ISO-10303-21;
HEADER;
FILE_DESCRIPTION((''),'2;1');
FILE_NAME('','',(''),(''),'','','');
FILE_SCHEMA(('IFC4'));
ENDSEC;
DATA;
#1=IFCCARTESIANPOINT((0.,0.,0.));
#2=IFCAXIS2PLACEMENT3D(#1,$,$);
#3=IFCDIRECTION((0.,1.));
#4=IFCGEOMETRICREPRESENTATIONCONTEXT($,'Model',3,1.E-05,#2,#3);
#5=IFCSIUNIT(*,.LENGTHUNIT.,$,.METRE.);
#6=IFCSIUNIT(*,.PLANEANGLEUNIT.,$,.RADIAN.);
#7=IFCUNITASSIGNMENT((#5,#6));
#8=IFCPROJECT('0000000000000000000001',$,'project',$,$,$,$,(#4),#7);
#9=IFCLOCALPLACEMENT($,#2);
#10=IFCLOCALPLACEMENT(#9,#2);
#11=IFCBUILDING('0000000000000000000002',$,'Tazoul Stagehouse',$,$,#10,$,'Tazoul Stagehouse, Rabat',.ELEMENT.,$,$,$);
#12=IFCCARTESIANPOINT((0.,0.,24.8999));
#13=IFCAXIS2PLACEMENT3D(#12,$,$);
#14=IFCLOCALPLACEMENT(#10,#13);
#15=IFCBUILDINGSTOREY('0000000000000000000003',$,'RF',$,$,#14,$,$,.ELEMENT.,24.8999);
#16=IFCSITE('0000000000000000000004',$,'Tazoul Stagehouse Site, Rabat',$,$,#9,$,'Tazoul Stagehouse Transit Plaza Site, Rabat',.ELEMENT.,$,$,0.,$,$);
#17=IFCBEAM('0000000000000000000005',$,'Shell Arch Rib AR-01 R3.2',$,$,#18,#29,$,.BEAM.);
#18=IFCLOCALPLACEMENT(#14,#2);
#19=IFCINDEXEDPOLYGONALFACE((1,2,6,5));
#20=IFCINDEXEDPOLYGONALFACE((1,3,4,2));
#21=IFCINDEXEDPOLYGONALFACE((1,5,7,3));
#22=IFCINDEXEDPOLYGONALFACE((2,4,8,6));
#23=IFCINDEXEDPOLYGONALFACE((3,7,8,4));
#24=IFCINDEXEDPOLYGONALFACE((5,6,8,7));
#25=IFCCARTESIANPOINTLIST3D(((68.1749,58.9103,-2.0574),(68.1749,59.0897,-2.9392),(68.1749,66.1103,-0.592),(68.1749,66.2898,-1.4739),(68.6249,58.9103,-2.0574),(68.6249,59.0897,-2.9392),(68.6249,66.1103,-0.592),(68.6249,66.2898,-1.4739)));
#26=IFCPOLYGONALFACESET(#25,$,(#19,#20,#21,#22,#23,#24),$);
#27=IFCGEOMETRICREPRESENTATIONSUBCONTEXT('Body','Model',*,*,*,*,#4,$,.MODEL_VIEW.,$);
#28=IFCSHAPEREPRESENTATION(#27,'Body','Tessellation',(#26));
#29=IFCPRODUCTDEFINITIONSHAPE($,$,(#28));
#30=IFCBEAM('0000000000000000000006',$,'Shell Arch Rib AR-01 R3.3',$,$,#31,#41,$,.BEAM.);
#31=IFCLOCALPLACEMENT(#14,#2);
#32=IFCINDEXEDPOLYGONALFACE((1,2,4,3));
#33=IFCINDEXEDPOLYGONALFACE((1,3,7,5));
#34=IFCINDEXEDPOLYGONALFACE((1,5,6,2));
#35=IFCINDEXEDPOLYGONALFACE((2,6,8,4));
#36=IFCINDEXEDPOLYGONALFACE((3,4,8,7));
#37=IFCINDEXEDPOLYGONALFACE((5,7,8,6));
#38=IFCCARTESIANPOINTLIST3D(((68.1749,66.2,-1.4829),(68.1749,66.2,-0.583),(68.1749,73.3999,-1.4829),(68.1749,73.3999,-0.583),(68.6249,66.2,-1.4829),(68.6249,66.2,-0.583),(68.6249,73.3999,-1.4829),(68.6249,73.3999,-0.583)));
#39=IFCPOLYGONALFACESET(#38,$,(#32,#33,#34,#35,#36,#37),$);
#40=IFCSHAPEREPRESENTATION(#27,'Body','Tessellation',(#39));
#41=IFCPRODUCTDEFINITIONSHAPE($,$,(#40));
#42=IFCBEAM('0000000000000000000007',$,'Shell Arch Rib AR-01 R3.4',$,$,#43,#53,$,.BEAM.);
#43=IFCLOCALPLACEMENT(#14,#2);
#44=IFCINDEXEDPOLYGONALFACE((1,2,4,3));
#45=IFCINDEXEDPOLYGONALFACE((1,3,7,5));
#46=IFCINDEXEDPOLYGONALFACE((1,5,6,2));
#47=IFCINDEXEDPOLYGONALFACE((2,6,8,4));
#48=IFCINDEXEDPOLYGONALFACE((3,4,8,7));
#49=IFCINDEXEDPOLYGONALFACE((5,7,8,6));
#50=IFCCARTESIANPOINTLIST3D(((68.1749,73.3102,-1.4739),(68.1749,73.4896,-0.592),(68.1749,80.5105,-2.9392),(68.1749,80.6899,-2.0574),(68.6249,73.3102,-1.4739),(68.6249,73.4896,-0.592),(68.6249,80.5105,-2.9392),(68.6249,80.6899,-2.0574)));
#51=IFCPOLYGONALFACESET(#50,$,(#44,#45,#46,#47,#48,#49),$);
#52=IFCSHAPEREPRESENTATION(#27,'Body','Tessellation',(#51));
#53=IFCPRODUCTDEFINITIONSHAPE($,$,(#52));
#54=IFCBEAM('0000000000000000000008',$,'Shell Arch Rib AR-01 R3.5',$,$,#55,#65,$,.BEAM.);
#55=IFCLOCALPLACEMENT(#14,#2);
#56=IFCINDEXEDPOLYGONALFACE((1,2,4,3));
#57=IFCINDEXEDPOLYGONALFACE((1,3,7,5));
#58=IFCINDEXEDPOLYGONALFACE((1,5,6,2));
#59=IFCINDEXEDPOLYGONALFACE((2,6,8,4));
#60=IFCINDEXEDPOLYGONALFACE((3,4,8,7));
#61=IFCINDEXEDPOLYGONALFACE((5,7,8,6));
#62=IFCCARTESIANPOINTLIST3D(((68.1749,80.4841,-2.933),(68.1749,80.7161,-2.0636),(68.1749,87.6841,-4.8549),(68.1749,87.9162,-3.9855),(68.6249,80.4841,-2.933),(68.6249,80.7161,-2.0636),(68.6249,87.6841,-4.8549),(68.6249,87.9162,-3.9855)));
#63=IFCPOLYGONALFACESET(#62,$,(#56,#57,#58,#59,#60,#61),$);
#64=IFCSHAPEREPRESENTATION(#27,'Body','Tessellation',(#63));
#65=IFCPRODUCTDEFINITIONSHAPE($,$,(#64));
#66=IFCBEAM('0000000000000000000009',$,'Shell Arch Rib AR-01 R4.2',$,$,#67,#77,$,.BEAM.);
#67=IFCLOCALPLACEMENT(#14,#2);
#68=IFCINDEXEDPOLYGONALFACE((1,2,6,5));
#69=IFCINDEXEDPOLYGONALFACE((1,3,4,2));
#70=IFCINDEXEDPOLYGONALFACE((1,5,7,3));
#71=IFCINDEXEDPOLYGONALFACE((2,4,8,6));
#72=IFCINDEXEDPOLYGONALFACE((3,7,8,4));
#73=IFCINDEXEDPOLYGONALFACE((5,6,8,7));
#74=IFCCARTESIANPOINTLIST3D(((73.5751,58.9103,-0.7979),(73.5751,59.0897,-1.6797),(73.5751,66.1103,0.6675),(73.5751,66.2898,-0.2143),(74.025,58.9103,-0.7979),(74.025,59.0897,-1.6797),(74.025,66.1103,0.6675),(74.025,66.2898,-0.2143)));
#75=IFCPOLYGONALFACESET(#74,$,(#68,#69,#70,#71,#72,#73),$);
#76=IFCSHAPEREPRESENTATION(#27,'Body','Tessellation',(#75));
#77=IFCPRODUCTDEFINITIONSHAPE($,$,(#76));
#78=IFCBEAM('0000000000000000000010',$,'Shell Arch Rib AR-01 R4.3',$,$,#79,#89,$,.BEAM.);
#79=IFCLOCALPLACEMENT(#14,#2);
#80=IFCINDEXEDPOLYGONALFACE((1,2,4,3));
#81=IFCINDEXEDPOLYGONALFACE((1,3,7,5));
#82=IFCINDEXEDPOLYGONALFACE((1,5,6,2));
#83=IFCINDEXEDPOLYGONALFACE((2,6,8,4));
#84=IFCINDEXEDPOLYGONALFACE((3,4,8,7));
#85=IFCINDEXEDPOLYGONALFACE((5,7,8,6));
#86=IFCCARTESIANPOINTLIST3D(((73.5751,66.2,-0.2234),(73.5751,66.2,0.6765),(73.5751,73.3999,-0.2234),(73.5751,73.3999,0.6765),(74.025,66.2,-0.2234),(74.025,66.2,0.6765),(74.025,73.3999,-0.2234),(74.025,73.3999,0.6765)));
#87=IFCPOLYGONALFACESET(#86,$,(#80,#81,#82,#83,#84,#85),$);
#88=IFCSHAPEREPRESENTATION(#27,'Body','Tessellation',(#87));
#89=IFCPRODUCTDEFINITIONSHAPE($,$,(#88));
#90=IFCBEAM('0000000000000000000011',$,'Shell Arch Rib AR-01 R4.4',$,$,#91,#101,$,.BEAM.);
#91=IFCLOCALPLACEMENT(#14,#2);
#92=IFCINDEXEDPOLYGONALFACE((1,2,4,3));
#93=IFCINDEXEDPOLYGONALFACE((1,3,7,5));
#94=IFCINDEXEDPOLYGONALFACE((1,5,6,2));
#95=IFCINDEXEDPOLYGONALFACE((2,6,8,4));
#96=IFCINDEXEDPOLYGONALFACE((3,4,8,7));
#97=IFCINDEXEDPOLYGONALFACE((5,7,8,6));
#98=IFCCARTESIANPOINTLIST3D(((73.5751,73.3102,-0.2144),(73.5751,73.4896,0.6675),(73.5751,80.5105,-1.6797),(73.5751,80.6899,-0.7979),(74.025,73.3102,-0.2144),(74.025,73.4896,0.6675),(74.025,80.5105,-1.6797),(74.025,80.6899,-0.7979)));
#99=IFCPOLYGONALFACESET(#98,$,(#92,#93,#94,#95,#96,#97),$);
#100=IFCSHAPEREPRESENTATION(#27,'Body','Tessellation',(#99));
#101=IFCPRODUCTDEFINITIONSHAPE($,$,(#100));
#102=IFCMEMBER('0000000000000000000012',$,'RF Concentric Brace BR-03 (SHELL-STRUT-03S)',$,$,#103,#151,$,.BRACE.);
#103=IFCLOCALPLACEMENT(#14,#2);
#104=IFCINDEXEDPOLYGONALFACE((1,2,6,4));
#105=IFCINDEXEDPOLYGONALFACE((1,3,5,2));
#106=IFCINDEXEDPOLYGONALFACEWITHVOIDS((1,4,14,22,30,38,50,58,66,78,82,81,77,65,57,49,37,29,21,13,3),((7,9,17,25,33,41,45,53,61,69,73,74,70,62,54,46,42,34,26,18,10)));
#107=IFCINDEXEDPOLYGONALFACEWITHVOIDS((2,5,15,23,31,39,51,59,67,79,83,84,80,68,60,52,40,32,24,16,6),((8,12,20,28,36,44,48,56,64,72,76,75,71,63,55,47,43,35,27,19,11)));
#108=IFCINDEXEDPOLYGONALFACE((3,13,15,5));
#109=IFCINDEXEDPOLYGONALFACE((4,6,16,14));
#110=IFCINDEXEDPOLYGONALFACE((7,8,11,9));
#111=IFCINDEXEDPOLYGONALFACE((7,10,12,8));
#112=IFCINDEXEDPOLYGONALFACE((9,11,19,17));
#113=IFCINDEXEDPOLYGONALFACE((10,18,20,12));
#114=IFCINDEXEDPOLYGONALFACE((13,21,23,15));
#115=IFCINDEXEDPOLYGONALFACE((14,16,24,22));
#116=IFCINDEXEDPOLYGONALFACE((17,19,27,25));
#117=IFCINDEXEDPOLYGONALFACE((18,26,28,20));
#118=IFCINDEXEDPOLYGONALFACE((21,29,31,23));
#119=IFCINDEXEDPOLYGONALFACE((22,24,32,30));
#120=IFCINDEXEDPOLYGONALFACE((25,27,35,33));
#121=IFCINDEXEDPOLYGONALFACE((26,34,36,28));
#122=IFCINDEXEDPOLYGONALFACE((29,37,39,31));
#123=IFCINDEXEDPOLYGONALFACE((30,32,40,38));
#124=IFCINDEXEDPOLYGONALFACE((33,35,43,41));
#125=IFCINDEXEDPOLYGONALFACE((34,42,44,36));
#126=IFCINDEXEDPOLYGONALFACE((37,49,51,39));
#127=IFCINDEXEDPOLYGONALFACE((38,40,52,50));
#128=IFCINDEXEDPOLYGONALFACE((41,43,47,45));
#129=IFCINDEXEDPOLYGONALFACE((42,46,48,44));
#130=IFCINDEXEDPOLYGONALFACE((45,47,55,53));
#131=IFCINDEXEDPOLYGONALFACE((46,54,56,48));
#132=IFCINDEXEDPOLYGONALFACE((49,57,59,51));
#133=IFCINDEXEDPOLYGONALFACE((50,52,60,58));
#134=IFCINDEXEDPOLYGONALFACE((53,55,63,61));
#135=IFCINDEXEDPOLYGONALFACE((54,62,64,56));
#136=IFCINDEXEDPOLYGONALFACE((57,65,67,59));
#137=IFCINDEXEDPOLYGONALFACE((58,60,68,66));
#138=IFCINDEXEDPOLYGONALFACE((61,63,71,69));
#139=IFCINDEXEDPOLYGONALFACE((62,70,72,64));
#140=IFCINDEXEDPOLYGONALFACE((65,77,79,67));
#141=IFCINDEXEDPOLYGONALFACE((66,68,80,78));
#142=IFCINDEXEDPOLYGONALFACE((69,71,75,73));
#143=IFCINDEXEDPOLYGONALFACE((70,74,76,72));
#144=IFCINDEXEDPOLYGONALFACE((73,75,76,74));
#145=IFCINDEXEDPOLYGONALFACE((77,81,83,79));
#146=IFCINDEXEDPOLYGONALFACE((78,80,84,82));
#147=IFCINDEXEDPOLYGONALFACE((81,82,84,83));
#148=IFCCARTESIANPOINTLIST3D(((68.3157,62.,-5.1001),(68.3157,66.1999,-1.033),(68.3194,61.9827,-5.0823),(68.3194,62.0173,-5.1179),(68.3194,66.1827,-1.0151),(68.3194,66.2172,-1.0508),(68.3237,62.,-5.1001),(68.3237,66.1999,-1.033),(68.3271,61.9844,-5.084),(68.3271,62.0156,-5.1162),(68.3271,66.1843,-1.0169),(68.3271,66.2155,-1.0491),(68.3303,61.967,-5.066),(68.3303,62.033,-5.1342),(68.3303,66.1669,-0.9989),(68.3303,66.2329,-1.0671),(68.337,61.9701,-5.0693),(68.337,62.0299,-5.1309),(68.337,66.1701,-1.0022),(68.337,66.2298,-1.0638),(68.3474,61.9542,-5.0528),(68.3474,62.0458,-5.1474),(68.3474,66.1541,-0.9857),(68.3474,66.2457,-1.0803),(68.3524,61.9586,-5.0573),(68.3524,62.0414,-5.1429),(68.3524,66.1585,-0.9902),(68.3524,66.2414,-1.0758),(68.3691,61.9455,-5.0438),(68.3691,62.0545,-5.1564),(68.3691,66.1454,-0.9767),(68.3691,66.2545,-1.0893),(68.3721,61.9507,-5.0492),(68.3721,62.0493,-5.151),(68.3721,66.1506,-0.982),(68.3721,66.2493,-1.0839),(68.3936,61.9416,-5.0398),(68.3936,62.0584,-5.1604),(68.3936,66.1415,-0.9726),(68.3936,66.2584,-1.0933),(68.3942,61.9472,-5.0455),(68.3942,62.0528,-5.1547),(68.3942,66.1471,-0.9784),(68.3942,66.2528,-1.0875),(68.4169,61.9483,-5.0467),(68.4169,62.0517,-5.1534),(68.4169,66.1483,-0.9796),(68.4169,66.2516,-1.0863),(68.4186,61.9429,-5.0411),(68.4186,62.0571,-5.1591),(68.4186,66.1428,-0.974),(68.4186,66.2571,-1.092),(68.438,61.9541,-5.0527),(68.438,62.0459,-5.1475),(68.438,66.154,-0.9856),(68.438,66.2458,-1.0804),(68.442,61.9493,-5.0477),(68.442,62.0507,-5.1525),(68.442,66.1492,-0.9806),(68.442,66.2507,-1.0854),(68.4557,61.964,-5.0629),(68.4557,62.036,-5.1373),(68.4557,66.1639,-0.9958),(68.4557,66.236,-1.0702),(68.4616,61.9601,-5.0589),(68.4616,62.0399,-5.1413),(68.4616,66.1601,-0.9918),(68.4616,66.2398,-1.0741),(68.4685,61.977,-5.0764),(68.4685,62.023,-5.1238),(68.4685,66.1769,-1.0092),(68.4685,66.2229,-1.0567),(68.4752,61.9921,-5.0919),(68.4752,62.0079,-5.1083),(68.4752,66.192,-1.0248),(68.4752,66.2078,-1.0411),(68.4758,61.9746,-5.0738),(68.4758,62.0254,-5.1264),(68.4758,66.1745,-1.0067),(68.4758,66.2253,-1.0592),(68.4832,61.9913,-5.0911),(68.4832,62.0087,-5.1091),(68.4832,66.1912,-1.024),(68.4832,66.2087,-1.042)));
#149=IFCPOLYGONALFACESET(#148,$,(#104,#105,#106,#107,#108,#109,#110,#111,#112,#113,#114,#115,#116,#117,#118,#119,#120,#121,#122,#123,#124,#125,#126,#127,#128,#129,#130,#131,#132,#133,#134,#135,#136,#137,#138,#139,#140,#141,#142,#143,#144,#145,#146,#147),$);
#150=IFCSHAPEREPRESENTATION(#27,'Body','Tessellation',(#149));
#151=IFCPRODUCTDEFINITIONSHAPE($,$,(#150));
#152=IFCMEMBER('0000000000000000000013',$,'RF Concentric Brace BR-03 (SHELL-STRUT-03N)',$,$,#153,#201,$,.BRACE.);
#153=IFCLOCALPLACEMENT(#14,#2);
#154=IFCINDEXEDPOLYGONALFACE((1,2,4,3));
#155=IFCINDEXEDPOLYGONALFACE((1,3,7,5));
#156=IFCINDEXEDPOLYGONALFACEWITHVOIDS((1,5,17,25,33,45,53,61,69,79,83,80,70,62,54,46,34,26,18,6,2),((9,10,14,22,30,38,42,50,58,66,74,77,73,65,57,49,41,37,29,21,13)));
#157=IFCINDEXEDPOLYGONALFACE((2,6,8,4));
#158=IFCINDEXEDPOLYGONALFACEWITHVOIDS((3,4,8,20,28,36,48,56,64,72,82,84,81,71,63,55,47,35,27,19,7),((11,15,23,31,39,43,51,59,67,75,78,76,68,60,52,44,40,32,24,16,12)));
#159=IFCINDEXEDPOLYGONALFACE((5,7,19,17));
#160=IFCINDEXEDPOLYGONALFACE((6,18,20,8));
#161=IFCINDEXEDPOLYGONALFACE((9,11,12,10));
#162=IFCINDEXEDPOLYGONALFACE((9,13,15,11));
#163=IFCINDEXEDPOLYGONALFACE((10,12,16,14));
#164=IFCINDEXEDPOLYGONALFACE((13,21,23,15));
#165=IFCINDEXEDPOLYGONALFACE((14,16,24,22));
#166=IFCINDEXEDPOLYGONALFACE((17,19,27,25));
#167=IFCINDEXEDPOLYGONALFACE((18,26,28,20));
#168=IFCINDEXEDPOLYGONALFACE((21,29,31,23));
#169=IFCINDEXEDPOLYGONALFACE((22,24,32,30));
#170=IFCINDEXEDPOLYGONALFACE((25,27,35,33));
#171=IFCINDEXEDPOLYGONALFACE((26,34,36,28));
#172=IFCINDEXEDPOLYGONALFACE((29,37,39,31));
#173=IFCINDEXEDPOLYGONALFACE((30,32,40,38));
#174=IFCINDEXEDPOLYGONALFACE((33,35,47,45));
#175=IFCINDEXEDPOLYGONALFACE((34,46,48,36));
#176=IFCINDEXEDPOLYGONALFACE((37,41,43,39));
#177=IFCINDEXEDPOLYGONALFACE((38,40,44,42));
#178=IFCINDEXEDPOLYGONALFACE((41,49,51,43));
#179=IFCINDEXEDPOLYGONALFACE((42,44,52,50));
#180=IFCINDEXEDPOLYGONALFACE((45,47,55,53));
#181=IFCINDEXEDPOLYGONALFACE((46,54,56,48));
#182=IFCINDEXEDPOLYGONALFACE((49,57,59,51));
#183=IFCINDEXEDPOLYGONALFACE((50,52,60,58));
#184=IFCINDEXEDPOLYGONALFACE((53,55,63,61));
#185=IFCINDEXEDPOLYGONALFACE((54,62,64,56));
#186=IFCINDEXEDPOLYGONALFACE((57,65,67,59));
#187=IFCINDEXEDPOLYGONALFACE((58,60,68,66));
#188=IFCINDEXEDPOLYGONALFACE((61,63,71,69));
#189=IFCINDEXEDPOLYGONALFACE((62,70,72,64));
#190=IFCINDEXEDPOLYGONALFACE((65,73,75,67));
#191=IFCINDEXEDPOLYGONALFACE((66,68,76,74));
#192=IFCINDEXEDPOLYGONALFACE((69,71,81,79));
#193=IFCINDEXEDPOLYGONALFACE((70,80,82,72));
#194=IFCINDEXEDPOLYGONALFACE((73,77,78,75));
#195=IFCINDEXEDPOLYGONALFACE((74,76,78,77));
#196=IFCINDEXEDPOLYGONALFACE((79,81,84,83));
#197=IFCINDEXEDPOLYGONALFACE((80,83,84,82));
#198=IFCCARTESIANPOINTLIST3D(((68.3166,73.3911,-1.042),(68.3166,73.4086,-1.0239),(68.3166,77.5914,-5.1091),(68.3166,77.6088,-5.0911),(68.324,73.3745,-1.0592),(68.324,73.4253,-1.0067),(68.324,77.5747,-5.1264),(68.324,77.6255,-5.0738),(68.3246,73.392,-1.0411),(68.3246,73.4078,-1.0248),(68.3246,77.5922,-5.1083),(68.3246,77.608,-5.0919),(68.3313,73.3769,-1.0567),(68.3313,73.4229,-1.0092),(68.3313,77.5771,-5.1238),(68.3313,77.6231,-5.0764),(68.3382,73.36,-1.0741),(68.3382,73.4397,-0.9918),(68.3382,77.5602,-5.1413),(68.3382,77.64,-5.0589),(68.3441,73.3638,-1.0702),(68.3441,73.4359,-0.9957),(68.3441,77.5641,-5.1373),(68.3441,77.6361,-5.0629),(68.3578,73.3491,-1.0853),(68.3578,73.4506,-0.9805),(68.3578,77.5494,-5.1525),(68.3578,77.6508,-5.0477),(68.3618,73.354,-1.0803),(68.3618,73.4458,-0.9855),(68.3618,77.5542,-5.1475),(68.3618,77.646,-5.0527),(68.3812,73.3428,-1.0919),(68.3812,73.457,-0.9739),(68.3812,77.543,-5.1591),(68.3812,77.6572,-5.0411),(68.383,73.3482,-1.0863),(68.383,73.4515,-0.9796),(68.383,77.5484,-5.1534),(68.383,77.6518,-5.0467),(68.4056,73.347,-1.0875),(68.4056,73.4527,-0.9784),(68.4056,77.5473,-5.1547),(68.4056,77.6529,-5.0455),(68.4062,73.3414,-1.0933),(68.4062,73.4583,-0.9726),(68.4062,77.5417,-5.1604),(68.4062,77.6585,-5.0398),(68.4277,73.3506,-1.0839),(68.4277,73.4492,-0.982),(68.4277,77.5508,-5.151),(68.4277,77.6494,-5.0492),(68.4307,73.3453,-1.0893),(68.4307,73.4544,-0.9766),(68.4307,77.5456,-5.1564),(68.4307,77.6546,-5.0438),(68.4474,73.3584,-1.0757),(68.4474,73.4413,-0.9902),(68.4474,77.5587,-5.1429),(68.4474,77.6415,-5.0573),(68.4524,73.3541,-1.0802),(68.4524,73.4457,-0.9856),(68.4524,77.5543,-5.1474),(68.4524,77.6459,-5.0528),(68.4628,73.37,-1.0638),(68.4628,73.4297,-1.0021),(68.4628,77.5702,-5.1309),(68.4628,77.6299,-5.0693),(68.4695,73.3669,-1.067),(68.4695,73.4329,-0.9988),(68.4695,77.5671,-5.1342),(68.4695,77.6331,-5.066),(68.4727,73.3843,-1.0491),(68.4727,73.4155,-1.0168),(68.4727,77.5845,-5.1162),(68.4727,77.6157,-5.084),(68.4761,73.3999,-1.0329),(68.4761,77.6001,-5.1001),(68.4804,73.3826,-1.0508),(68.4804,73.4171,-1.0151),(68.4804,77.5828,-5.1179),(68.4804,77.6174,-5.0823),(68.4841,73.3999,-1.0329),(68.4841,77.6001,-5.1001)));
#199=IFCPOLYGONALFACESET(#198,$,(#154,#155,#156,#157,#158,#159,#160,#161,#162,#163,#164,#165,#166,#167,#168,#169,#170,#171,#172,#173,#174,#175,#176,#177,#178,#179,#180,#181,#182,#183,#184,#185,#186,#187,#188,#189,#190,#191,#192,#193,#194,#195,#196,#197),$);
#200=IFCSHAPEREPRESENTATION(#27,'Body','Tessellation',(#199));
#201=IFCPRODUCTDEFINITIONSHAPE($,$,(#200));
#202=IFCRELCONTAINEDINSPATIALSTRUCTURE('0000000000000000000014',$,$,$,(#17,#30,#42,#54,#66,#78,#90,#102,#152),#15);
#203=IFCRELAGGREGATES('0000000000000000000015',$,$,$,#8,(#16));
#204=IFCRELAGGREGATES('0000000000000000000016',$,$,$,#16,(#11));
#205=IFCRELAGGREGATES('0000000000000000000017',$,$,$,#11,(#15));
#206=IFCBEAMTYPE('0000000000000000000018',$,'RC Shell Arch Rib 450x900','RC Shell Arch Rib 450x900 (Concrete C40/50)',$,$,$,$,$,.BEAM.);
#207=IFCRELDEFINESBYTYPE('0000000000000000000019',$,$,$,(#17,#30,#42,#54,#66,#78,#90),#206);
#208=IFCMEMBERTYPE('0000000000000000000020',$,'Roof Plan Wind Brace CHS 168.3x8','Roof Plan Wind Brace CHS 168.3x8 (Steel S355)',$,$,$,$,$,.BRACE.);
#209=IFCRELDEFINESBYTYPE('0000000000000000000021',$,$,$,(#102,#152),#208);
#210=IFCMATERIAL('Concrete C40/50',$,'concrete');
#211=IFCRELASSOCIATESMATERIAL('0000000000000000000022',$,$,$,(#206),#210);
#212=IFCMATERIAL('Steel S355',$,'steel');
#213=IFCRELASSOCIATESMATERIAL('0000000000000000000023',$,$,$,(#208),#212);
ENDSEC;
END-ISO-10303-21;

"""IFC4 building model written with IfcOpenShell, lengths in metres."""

from ifc_helpers import new_model, si_unit, direction, frame, origin, origin_2d, place, context, subcontext, project, spatial, rectangle, hollow_circle, extrude, material, material_profile, profile_set, type_object, element, save


model = new_model("IFC4")

# Units and contexts
model_context = context("Model", 3, precision=1e-05, world=origin(), true_north=direction((0.0, 1.0)))
body_context = subcontext(model_context, "Body", "Model", "MODEL_VIEW")
ifc_project = project(units=[si_unit("LENGTHUNIT", "METRE"), si_unit("PLANEANGLEUNIT", "RADIAN")], contexts=[model_context])

# Site, building, storey
site_placement = place(None, origin())
site = spatial("IfcSite", under=ifc_project, at=site_placement, Name="Tazoul Stagehouse Site, Rabat", LongName="Tazoul Stagehouse Transit Plaza Site, Rabat", CompositionType="ELEMENT", RefElevation=0.0)
building_placement = place(site_placement, origin())
building = spatial("IfcBuilding", under=site, at=building_placement, Name="Tazoul Stagehouse", LongName="Tazoul Stagehouse, Rabat", CompositionType="ELEMENT")
storey_placement = place(building_placement, frame((0.0, 0.0, 24.8999)))
storey = spatial("IfcBuildingStorey", under=building, at=storey_placement, Name="RF", CompositionType="ELEMENT", Elevation=24.8999)

# Beams
ifc_material_1 = material(Name="Concrete C40/50", Category="concrete")
ifc_material_profile_1 = material_profile(ifc_material_1, rectangle(XDim=0.45, YDim=0.8999, at=origin_2d()), Name="RC 450x900")
ifc_profile_set_1 = profile_set([ifc_material_profile_1], Name="Concrete C40/50")
beam_type_1 = type_object("IfcBeamType", Name="RC Shell Arch Rib 450x900", Description="RC Shell Arch Rib 450x900 (Concrete C40/50)", PredefinedType="BEAM", material=ifc_profile_set_1)
beam_1_placement = place(storey_placement, frame((68.3999, 59.0, -2.4983), z_axis=(0.0, 0.979912, 0.199431), x_axis=(-1.0, 0.0, 0.0)))
element("IfcBeam", 1, at=beam_1_placement, inside=storey, type_object=beam_type_1, Name="Shell Arch Rib AR-01 R3.2", PredefinedType="BEAM", context=body_context, shape_type="SweptSolid", body=[
    extrude(rectangle(XDim=0.45, YDim=0.8999, at=origin_2d()), origin(), (0.0, 0.0, 1.0), 7.3477),
])
beam_2_placement = place(storey_placement, frame((68.3999, 66.2, -1.033), z_axis=(0.0, 1.0, 0.0), x_axis=(-1.0, 0.0, 0.0)))
element("IfcBeam", 2, at=beam_2_placement, inside=storey, type_object=beam_type_1, Name="Shell Arch Rib AR-01 R3.3", PredefinedType="BEAM", context=body_context, shape_type="SweptSolid", body=[
    extrude(rectangle(XDim=0.45, YDim=0.8999, at=origin_2d()), origin(), (0.0, 0.0, 1.0), 7.2),
])
beam_3_placement = place(storey_placement, frame((68.3999, 73.3999, -1.033), z_axis=(0.0, 0.979913, -0.199425), x_axis=(-1.0, 0.0, 0.0)))
element("IfcBeam", 3, at=beam_3_placement, inside=storey, type_object=beam_type_1, Name="Shell Arch Rib AR-01 R3.4", PredefinedType="BEAM", context=body_context, shape_type="SweptSolid", body=[
    extrude(rectangle(XDim=0.45, YDim=0.8999, at=origin_2d()), origin(), (0.0, 0.0, 1.0), 7.3479),
])
beam_4_placement = place(storey_placement, frame((68.3999, 80.6001, -2.4983), z_axis=(0.0, 0.966172, -0.257899), x_axis=(-1.0, 0.0, 0.0)))
element("IfcBeam", 4, at=beam_4_placement, inside=storey, type_object=beam_type_1, Name="Shell Arch Rib AR-01 R3.5", PredefinedType="BEAM", context=body_context, shape_type="SweptSolid", body=[
    extrude(rectangle(XDim=0.45, YDim=0.8999, at=origin_2d()), origin(), (0.0, 0.0, 1.0), 7.4521),
])
beam_5_placement = place(storey_placement, frame((73.8, 59.0, -1.2388), z_axis=(0.0, 0.979912, 0.199431), x_axis=(-1.0, 0.0, 0.0)))
element("IfcBeam", 5, at=beam_5_placement, inside=storey, type_object=beam_type_1, Name="Shell Arch Rib AR-01 R4.2", PredefinedType="BEAM", context=body_context, shape_type="SweptSolid", body=[
    extrude(rectangle(XDim=0.45, YDim=0.8999, at=origin_2d()), origin(), (0.0, 0.0, 1.0), 7.3477),
])
beam_6_placement = place(storey_placement, frame((73.8, 66.2, 0.2266), z_axis=(0.0, 1.0, 0.0), x_axis=(-1.0, 0.0, 0.0)))
element("IfcBeam", 6, at=beam_6_placement, inside=storey, type_object=beam_type_1, Name="Shell Arch Rib AR-01 R4.3", PredefinedType="BEAM", context=body_context, shape_type="SweptSolid", body=[
    extrude(rectangle(XDim=0.45, YDim=0.8999, at=origin_2d()), origin(), (0.0, 0.0, 1.0), 7.2),
])
beam_7_placement = place(storey_placement, frame((73.8, 73.3999, 0.2266), z_axis=(0.0, 0.979913, -0.199425), x_axis=(-1.0, 0.0, 0.0)))
element("IfcBeam", 7, at=beam_7_placement, inside=storey, type_object=beam_type_1, Name="Shell Arch Rib AR-01 R4.4", PredefinedType="BEAM", context=body_context, shape_type="SweptSolid", body=[
    extrude(rectangle(XDim=0.45, YDim=0.8999, at=origin_2d()), origin(), (0.0, 0.0, 1.0), 7.3479),
])

# Members
ifc_material_2 = material(Name="Steel S355", Category="steel")
ifc_material_profile_2 = material_profile(ifc_material_2, hollow_circle(Radius=0.0842, WallThickness=0.0081, at=origin_2d()), Name="CHS 168.3x8")
ifc_profile_set_2 = profile_set([ifc_material_profile_2], Name="Steel S355")
member_type = type_object("IfcMemberType", Name="Roof Plan Wind Brace CHS 168.3x8", Description="Roof Plan Wind Brace CHS 168.3x8 (Steel S355)", PredefinedType="BRACE", material=ifc_profile_set_2)
member_1_placement = place(storey_placement, frame((68.3999, 62.0, -5.1001), z_axis=(0.0, 0.718374, 0.695657), x_axis=(-1.0, 0.0, 0.0)))
element("IfcMember", 8, at=member_1_placement, inside=storey, type_object=member_type, Name="RF Concentric Brace BR-03 (SHELL-STRUT-03S)", PredefinedType="BRACE", context=body_context, shape_type="SweptSolid", body=[
    extrude(hollow_circle(Radius=0.0842, WallThickness=0.0081, at=origin_2d()), origin(), (0.0, 0.0, 1.0), 5.8464),
])
for number, where, z_axis, x_axis, name in (
    (9, (68.3999, 77.6001, -5.1001), (0.0, -0.718394, 0.695636), (1.0, 0.0, 0.0), "RF Concentric Brace BR-03 (SHELL-STRUT-03N)"),
):
    element("IfcMember", number, at=place(storey_placement, frame(where, z_axis=z_axis, x_axis=x_axis)), inside=storey, type_object=member_type, Name=name, PredefinedType="BRACE", context=body_context, shape_type="SweptSolid", body=[
        extrude(hollow_circle(Radius=0.0842, WallThickness=0.0081, at=origin_2d()), origin(), (0.0, 0.0, 1.0), 5.8467),
    ])

save(model, "model.ifc")
